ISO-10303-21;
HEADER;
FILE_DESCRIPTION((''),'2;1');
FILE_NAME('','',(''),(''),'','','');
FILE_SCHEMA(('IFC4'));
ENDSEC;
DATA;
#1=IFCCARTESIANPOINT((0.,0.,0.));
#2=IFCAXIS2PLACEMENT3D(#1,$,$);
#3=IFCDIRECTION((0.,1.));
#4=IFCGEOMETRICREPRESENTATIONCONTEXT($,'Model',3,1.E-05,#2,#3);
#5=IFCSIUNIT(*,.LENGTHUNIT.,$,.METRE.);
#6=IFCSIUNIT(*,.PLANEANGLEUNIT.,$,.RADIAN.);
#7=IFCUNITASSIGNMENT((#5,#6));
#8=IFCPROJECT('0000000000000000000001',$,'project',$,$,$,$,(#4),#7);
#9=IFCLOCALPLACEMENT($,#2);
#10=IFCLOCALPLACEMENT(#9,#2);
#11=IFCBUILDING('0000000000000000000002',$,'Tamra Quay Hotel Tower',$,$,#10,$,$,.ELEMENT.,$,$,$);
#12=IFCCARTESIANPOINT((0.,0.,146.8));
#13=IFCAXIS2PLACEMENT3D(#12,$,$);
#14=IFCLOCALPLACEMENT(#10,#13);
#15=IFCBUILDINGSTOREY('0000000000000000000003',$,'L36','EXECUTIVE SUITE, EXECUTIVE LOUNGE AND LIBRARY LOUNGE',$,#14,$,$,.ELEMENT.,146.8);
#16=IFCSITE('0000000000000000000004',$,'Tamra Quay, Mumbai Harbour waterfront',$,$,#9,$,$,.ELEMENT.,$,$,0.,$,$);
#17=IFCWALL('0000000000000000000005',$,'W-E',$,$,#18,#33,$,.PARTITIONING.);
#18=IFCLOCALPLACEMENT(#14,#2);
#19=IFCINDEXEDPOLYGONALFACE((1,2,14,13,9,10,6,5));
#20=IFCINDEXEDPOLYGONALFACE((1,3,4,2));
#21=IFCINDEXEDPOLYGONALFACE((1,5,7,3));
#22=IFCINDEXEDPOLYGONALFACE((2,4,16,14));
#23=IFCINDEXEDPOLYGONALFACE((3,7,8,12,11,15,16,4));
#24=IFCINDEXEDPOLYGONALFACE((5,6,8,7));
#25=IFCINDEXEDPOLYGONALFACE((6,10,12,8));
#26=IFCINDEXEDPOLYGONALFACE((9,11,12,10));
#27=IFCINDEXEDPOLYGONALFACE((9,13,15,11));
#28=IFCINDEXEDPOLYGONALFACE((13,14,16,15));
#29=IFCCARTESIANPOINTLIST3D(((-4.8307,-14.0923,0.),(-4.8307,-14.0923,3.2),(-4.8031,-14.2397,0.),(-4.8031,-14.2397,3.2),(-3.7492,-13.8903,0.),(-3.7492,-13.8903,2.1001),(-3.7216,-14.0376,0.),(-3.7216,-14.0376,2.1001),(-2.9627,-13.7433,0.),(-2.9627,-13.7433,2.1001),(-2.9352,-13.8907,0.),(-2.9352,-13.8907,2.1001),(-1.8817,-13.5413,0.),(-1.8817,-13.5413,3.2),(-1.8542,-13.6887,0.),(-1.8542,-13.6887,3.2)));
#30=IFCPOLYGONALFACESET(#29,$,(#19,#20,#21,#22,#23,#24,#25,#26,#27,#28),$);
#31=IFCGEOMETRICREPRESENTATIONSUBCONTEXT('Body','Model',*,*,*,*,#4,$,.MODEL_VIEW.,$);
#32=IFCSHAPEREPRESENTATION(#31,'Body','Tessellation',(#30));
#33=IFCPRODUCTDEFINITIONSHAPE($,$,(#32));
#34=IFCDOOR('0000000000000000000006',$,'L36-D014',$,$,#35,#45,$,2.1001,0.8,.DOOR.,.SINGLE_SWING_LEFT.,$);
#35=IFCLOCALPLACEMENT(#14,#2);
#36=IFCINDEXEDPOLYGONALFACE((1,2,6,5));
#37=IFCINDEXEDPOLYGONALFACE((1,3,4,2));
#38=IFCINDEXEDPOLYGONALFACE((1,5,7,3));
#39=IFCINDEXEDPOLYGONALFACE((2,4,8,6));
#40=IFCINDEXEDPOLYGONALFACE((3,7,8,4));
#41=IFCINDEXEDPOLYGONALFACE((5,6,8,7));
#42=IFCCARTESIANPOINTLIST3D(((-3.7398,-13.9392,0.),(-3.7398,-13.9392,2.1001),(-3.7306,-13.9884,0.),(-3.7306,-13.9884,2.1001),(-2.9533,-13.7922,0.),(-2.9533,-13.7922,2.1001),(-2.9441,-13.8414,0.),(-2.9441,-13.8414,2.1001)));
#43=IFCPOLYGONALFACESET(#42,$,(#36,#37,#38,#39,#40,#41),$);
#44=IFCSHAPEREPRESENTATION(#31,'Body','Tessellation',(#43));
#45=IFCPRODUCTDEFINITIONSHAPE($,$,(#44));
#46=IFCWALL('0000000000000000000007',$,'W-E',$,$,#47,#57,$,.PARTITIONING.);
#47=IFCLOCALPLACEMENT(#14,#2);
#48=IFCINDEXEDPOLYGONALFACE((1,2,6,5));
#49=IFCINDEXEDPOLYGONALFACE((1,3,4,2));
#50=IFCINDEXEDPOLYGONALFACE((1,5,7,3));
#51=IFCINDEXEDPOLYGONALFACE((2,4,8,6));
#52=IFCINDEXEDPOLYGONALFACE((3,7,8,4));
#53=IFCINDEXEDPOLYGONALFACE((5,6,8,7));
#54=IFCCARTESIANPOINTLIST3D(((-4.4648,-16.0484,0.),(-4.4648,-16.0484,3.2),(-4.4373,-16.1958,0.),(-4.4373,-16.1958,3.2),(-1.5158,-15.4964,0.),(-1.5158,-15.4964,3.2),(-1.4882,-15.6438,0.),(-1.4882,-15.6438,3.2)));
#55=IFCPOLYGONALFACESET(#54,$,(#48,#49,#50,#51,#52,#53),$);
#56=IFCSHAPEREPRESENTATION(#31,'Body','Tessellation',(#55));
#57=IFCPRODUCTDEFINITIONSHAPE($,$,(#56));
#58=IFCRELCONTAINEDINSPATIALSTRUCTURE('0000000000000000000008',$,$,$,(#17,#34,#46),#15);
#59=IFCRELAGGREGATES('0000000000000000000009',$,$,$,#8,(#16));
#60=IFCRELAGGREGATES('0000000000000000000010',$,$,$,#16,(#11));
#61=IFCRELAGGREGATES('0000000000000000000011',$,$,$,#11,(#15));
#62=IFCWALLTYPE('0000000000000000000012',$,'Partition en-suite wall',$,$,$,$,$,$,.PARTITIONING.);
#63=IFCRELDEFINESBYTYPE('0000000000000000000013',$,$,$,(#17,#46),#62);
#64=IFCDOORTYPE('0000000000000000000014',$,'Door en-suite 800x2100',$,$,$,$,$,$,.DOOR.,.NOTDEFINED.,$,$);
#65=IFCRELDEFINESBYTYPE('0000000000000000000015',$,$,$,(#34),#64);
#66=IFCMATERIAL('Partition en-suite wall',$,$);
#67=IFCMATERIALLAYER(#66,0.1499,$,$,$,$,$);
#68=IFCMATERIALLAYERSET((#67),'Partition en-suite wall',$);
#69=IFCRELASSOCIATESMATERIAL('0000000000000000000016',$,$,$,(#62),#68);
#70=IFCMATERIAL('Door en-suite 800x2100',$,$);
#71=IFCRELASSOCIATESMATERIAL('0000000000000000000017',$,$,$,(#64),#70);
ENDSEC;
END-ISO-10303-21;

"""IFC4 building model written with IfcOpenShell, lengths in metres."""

from ifc_helpers import new_model, si_unit, direction, frame, frame_2d, origin, place, context, subcontext, project, spatial, rectangle, extrude, material, layer, layer_set, type_object, element, fill, save


model = new_model("IFC4")

# Units and contexts
model_context = context("Model", 3, precision=1e-05, world=origin(), true_north=direction((0.0, 1.0)))
body_context = subcontext(model_context, "Body", "Model", "MODEL_VIEW")
ifc_project = project(units=[si_unit("LENGTHUNIT", "METRE"), si_unit("PLANEANGLEUNIT", "RADIAN")], contexts=[model_context])

# Site, building, storey
site_placement = place(None, origin())
site = spatial("IfcSite", under=ifc_project, at=site_placement, Name="Tamra Quay, Mumbai Harbour waterfront", CompositionType="ELEMENT", RefElevation=0.0)
building_placement = place(site_placement, origin())
building = spatial("IfcBuilding", under=site, at=building_placement, Name="Tamra Quay Hotel Tower", CompositionType="ELEMENT")
storey_placement = place(building_placement, frame((0.0, 0.0, 146.8)))
storey = spatial("IfcBuildingStorey", under=building, at=storey_placement, Name="L36", Description="EXECUTIVE SUITE, EXECUTIVE LOUNGE AND LIBRARY LOUNGE", CompositionType="ELEMENT", Elevation=146.8)

# Shared definitions
ifc_material_1 = material(Name="Partition en-suite wall")
ifc_layer_1 = layer(ifc_material_1, 0.1499)
ifc_layer_set_1 = layer_set([ifc_layer_1], Name="Partition en-suite wall")
wall_type_1 = type_object("IfcWallType", Name="Partition en-suite wall", PredefinedType="PARTITIONING", material=ifc_layer_set_1)

# Wall, opening, door
wall_1_placement = place(storey_placement, frame((-4.8169, -14.166, 0.0), z_axis=(0.0, 0.0, 1.0), x_axis=(0.982987, 0.183674, 0.0)))
wall_1 = element("IfcWall", 1, at=wall_1_placement, inside=storey, type_object=wall_type_1, Name="W-E", PredefinedType="PARTITIONING", context=body_context, shape_type="SweptSolid", body=[
    extrude(rectangle(XDim=3.0, YDim=0.1499, at=frame_2d((1.5, 0.0))), origin(), (0.0, 0.0, 1.0), 3.2),
])
opening_1_placement = place(wall_1_placement, frame((1.1003, 0.0, 0.0)))
opening_1 = element("IfcOpeningElement", 2, at=opening_1_placement, cuts=wall_1, PredefinedType="OPENING", context=body_context, shape_type="SweptSolid", body=[
    extrude(rectangle(XDim=0.8, YDim=2.1001, at=frame_2d((0.3999, 1.05))), frame((0.0, 0.085, 0.0), z_axis=(0.0, -1.0, 0.0), x_axis=(1.0, 0.0, 0.0)), (0.0, 0.0, 1.0), 0.1699),
])
ifc_material_2 = material(Name="Door en-suite 800x2100")
door_type_1 = type_object("IfcDoorType", Name="Door en-suite 800x2100", OperationType="NOTDEFINED", PredefinedType="DOOR", material=ifc_material_2)
door_1_placement = place(opening_1_placement, frame((0.8, 0.0, 0.0), z_axis=(0.0, 0.0, 1.0), x_axis=(-1.0, 0.0, 0.0)))
door_1 = element("IfcDoor", 3, at=door_1_placement, inside=storey, type_object=door_type_1, Name="L36-D014", OperationType="SINGLE_SWING_LEFT", OverallHeight=2.1001, OverallWidth=0.8, PredefinedType="DOOR", context=body_context, shape_type="SweptSolid", body=[
    extrude(rectangle(XDim=0.8, YDim=2.1001, at=frame_2d((0.3999, 1.05))), frame((0.0, 0.0249, 0.0), z_axis=(0.0, -1.0, 0.0), x_axis=(1.0, 0.0, 0.0)), (0.0, 0.0, 1.0), 0.05),
])
fill(opening_1, door_1)

# Wall
wall_2_placement = place(storey_placement, frame((-4.4509, -16.1221, 0.0), z_axis=(0.0, 0.0, 1.0), x_axis=(0.982928, 0.183989, 0.0)))
element("IfcWall", 4, at=wall_2_placement, inside=storey, type_object=wall_type_1, Name="W-E", PredefinedType="PARTITIONING", context=body_context, shape_type="SweptSolid", body=[
    extrude(rectangle(XDim=3.0002, YDim=0.1499, at=frame_2d((1.5, 0.0))), origin(), (0.0, 0.0, 1.0), 3.2),
])

save(model, "model.ifc")
